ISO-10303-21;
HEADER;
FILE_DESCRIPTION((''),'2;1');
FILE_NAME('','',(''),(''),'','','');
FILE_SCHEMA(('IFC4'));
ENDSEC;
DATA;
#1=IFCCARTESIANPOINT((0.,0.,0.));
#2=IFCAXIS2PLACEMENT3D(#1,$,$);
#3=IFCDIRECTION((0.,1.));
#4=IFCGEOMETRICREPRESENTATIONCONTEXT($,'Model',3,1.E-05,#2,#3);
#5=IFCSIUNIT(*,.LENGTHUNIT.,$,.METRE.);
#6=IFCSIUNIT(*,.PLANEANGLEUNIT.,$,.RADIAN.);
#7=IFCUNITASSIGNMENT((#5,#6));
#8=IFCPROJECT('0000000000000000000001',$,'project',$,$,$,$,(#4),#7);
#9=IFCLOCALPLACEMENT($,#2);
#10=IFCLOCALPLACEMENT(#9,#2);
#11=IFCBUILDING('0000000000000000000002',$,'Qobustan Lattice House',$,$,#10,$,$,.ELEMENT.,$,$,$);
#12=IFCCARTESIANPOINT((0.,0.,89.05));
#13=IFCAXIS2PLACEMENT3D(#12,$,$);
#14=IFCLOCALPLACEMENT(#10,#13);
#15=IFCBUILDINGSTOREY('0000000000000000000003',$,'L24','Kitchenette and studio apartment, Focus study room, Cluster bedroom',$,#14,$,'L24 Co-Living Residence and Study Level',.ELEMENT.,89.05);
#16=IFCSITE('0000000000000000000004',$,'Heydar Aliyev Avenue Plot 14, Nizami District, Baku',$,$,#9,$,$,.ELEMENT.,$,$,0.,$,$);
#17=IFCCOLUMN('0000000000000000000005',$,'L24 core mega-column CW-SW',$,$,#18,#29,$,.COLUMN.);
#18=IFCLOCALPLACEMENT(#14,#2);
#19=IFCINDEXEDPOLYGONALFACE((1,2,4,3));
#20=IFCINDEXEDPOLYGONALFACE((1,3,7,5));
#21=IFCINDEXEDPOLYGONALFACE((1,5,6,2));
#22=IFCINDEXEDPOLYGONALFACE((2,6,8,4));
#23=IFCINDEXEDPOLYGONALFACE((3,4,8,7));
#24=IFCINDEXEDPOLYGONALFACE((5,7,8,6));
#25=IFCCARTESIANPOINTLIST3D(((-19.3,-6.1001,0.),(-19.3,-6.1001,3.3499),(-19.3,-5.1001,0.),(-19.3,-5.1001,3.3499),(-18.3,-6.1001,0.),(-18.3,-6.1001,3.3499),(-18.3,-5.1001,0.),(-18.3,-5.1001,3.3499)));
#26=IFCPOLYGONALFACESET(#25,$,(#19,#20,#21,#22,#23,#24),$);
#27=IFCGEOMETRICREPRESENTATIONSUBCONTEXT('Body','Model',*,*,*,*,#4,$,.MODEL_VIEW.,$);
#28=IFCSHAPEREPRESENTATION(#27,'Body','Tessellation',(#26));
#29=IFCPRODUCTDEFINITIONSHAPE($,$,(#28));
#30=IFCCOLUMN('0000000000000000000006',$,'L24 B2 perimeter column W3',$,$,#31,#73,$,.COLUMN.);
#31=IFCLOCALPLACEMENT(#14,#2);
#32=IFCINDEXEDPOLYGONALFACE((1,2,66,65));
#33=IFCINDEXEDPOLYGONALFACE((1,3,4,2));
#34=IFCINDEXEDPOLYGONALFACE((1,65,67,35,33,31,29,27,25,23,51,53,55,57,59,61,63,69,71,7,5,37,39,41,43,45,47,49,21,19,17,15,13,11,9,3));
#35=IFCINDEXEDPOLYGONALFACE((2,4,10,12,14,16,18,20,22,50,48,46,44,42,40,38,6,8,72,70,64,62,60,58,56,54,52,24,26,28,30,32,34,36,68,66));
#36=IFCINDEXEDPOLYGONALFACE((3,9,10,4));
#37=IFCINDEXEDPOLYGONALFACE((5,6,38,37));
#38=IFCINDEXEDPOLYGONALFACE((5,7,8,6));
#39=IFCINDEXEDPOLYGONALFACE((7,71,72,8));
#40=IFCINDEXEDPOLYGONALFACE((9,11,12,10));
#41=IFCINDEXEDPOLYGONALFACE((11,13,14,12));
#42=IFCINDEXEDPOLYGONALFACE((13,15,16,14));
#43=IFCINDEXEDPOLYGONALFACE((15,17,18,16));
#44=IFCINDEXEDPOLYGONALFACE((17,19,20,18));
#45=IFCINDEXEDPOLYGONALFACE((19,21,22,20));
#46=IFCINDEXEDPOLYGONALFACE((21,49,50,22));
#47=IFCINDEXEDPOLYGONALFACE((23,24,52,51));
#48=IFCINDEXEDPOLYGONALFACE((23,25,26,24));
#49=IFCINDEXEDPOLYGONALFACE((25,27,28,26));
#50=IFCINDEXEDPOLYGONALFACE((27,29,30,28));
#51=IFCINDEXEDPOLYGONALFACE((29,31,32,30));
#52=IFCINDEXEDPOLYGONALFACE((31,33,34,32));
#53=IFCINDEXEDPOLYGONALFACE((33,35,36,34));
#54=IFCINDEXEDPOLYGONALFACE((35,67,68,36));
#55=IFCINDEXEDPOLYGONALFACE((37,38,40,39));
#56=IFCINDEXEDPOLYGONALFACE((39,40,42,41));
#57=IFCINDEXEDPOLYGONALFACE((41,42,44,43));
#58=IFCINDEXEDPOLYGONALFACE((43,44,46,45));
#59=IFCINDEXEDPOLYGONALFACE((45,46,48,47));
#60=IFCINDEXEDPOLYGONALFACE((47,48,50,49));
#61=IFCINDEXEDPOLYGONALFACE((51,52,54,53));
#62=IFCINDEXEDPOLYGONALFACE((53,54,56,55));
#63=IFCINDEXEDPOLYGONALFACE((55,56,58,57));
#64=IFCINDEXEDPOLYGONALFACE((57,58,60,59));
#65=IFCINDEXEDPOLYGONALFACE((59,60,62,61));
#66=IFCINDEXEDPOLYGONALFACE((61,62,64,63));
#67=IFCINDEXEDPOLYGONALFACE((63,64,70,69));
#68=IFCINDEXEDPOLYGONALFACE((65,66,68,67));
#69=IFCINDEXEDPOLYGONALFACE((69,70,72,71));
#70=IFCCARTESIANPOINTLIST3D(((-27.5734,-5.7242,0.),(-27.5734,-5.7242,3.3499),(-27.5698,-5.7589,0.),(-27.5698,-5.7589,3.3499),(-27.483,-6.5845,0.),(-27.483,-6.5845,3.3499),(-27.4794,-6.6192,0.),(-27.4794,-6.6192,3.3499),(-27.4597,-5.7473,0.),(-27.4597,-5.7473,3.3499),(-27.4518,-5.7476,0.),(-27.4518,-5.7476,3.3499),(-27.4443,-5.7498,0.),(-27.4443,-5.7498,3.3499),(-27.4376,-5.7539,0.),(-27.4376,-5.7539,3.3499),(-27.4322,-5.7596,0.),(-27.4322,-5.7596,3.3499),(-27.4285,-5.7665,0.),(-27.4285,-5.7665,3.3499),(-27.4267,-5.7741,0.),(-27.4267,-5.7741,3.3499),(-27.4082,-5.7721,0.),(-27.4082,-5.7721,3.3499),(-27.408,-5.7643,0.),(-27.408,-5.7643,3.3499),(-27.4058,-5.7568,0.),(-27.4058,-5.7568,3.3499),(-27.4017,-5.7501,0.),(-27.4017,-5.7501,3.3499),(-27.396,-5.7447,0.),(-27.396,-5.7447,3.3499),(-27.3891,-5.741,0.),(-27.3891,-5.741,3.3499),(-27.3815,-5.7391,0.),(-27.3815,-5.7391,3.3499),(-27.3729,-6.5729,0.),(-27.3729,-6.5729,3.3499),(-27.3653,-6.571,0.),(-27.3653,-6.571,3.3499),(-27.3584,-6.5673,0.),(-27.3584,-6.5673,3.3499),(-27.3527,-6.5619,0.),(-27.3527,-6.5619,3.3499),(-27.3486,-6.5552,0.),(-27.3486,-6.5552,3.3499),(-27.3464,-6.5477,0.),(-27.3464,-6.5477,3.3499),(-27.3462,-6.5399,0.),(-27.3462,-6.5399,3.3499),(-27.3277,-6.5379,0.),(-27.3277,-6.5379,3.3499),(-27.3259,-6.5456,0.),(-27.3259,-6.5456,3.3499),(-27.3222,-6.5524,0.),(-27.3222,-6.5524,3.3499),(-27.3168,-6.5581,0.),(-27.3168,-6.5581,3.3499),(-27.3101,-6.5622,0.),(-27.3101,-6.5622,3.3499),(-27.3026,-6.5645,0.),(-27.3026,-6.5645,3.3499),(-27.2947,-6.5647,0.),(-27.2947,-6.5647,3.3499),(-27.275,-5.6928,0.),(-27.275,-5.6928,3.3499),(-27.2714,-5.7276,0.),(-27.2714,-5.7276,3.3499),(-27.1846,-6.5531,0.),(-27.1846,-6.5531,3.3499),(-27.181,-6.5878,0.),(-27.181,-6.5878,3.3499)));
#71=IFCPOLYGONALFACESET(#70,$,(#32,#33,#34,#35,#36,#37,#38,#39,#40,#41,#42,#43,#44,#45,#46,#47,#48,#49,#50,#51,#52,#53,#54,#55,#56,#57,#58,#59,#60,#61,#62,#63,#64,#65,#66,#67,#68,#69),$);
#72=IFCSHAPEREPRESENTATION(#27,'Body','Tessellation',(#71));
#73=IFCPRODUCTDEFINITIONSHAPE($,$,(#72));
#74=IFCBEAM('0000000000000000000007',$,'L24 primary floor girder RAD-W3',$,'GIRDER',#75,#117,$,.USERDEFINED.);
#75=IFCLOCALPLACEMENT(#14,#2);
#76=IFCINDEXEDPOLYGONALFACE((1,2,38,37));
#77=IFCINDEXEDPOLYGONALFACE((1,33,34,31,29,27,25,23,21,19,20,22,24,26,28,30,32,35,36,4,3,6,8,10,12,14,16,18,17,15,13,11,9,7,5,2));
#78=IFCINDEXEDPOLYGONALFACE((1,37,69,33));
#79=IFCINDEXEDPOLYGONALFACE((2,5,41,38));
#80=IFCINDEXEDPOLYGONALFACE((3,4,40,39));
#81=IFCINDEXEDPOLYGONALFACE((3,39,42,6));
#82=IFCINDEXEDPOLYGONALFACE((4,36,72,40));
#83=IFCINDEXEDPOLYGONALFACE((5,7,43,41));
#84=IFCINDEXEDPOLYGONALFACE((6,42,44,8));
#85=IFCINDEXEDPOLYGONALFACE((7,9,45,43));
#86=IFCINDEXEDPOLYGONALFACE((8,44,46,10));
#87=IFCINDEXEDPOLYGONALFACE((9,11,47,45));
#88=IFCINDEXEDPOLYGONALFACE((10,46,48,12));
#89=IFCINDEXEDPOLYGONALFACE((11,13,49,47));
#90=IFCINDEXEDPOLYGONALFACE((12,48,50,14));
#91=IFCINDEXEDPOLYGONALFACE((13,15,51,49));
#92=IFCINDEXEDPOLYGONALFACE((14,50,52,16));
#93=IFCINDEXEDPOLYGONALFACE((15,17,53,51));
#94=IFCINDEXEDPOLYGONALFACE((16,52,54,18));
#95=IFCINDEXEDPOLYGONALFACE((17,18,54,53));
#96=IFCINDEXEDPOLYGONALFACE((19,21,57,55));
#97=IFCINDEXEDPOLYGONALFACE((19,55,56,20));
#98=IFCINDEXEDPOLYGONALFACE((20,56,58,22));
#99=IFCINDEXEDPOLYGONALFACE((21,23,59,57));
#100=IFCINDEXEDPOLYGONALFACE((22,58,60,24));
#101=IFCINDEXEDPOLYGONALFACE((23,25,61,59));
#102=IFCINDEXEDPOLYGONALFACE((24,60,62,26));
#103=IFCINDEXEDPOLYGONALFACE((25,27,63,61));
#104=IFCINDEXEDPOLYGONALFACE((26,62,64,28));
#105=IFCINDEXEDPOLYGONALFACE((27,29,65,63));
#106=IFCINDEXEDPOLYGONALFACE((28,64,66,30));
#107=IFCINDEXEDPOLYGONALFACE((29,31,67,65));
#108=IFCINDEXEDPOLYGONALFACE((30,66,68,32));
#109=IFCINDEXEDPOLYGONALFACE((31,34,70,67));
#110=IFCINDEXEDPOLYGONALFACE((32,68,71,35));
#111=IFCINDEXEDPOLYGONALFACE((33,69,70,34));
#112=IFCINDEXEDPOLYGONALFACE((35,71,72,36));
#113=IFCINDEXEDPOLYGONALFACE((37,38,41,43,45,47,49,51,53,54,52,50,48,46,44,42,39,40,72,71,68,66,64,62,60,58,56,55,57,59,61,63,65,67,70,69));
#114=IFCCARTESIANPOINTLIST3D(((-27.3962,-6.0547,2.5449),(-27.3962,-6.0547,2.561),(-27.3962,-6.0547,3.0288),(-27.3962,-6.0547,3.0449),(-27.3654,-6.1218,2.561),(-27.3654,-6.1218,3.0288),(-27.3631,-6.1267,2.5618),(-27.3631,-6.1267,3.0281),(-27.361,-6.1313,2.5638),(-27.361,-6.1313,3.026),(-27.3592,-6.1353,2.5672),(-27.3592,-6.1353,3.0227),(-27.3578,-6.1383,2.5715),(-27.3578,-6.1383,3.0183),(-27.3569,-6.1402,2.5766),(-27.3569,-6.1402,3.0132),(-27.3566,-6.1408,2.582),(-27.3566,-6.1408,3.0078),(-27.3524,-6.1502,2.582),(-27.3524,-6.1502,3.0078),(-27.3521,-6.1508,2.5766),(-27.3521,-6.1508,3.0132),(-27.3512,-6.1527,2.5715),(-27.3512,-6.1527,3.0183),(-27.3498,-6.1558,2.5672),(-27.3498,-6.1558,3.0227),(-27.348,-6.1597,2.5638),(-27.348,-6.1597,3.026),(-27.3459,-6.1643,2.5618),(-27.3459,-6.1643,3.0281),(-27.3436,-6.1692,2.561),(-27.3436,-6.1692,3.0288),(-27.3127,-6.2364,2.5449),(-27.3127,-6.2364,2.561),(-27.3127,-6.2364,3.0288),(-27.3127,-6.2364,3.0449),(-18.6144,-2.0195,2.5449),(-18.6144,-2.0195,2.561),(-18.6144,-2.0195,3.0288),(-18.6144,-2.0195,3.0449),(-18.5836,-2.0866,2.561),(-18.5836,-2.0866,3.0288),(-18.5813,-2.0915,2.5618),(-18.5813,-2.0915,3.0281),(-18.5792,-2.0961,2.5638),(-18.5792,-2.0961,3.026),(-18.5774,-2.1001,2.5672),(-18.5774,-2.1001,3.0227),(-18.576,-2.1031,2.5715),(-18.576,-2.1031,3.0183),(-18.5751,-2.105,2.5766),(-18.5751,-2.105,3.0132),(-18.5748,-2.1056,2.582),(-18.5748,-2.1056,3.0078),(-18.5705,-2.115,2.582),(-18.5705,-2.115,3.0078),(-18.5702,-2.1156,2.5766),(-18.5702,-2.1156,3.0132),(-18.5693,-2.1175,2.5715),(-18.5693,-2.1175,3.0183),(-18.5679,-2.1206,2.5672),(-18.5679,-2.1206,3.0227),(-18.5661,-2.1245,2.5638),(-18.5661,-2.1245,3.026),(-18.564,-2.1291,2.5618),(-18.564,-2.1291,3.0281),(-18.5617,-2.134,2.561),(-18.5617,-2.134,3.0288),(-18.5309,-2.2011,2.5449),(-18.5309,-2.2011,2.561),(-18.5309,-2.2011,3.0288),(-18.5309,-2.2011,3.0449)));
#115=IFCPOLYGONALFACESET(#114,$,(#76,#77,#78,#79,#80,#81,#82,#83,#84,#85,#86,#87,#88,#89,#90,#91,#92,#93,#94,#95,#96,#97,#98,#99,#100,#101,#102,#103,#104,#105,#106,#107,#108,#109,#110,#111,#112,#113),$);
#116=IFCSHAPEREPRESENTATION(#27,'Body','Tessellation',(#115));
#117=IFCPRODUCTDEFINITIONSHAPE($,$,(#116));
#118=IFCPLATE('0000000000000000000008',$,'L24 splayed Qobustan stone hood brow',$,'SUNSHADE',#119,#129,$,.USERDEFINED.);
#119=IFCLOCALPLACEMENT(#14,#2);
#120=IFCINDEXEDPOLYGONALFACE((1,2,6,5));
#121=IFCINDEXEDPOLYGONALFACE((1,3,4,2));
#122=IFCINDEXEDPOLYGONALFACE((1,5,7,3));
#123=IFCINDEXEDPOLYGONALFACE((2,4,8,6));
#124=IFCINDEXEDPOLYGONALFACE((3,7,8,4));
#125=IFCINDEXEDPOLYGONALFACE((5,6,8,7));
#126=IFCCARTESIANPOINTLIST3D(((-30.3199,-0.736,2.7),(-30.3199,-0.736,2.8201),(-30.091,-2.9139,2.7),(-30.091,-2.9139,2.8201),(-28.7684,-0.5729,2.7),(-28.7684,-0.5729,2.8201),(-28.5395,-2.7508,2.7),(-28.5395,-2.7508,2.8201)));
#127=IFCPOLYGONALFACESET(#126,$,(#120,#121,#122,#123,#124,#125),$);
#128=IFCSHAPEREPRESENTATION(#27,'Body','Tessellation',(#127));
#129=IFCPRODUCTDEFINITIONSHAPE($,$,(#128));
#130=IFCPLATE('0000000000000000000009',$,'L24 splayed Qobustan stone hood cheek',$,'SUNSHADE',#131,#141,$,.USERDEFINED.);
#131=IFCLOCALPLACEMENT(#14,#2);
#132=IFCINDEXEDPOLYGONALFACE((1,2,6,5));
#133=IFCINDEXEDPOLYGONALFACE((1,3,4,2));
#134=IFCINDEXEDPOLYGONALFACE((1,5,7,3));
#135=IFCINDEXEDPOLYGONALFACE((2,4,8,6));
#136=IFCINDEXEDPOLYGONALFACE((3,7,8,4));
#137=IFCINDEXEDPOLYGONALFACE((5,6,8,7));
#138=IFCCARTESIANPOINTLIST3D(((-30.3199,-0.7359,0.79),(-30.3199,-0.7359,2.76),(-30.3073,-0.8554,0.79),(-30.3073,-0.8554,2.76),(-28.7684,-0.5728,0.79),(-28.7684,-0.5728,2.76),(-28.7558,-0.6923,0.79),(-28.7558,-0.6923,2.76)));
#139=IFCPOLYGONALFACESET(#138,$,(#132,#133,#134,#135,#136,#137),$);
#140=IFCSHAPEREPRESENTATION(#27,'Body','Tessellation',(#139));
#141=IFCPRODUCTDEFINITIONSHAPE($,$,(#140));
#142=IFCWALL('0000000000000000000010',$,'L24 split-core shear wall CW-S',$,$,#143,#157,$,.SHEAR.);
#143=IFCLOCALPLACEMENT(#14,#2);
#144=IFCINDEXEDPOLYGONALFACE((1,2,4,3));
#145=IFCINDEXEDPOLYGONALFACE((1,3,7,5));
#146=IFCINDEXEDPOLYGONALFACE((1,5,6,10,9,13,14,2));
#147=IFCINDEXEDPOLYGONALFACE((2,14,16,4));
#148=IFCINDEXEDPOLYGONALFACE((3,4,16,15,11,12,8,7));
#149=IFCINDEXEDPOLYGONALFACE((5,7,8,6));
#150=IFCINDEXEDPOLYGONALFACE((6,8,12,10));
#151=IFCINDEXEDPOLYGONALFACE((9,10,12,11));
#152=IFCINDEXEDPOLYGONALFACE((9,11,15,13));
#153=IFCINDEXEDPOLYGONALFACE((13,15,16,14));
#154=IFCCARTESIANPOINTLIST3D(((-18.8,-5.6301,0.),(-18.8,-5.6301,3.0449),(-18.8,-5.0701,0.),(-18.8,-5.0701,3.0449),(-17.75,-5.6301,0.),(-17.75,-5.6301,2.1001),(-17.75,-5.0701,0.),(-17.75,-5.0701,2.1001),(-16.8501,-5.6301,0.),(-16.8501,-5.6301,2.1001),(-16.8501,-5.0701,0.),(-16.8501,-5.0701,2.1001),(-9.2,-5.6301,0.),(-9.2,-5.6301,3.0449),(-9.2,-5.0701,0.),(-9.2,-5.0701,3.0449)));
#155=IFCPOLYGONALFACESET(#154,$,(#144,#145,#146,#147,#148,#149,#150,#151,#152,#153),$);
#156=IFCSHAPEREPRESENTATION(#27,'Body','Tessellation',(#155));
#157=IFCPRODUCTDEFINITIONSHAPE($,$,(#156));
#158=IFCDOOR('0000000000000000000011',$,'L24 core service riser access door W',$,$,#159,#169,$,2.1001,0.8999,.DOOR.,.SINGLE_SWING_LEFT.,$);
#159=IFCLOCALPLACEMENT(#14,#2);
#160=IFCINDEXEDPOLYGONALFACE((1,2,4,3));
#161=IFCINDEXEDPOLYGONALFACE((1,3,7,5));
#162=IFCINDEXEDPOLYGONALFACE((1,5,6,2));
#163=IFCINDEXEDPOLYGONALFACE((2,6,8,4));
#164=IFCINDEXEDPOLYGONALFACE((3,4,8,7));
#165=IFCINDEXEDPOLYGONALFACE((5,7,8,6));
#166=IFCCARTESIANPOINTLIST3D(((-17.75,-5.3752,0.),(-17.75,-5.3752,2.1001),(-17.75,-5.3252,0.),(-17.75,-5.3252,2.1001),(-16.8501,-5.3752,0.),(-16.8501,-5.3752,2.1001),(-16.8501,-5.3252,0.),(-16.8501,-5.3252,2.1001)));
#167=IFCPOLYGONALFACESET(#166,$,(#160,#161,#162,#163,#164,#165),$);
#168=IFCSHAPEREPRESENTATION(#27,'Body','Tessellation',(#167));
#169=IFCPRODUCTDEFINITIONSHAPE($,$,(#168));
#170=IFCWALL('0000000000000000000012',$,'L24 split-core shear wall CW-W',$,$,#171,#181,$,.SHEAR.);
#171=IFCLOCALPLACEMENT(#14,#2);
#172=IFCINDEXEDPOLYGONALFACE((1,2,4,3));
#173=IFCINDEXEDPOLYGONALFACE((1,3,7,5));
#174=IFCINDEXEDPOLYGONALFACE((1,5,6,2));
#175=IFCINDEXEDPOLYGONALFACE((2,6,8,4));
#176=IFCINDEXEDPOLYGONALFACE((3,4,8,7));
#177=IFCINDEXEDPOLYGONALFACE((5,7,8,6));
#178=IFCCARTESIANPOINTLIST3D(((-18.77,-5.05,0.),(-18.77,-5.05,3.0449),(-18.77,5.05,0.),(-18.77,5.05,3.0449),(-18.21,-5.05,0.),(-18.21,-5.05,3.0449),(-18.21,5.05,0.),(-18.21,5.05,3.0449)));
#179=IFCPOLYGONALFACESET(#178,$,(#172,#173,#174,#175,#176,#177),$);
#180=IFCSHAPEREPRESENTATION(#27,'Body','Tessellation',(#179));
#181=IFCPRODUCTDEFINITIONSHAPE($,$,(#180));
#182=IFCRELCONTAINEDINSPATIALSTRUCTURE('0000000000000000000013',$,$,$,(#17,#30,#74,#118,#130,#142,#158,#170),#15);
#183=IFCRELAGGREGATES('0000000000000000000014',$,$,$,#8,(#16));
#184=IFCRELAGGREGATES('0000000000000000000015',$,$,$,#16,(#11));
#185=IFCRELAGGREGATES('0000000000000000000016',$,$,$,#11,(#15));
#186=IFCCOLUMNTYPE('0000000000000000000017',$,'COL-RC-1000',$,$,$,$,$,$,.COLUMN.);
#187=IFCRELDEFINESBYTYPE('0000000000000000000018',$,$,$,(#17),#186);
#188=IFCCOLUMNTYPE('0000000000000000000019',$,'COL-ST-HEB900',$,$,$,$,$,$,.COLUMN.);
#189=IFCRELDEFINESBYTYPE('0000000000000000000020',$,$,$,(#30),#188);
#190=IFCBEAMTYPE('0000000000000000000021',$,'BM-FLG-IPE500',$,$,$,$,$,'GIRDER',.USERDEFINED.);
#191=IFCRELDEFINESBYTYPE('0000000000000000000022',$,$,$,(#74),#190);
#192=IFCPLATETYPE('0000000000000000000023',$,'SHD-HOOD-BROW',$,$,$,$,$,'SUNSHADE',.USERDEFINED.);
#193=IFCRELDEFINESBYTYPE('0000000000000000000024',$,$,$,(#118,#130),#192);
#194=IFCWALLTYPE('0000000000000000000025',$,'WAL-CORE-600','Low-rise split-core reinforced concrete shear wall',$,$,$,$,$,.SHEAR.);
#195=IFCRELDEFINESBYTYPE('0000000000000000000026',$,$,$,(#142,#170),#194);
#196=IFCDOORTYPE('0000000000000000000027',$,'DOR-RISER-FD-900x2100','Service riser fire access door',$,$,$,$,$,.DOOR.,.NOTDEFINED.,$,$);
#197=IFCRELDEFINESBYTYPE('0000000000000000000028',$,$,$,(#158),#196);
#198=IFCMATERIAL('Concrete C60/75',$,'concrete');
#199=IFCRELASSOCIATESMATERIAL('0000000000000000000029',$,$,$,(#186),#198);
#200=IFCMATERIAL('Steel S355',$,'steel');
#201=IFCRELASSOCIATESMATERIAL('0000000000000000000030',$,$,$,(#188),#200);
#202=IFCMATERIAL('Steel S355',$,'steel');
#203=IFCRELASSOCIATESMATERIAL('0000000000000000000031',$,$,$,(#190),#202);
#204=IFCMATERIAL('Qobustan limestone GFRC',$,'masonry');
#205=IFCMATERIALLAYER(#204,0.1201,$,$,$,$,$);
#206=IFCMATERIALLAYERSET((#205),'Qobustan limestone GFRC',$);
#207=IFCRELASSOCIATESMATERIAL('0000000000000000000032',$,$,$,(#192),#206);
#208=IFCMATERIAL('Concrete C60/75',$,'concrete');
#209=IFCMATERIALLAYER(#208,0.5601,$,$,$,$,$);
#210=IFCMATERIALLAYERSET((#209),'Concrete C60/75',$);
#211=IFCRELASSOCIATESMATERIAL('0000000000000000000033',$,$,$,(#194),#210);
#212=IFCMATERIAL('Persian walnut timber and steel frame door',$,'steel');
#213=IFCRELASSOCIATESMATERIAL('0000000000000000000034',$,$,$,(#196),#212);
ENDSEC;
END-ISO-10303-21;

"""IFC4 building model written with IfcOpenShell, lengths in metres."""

from ifc_helpers import new_model, si_unit, direction, frame, frame_2d, origin, origin_2d, place, context, subcontext, project, spatial, rectangle, i_section, extrude, material, layer, layer_set, material_profile, profile_set, type_object, element, fill, save


model = new_model("IFC4")

# Units and contexts
model_context = context("Model", 3, precision=1e-05, world=origin(), true_north=direction((0.0, 1.0)))
body_context = subcontext(model_context, "Body", "Model", "MODEL_VIEW")
ifc_project = project(units=[si_unit("LENGTHUNIT", "METRE"), si_unit("PLANEANGLEUNIT", "RADIAN")], contexts=[model_context])

# Site, building, storey
site_placement = place(None, origin())
site = spatial("IfcSite", under=ifc_project, at=site_placement, Name="Heydar Aliyev Avenue Plot 14, Nizami District, Baku", CompositionType="ELEMENT", RefElevation=0.0)
building_placement = place(site_placement, origin())
building = spatial("IfcBuilding", under=site, at=building_placement, Name="Qobustan Lattice House", CompositionType="ELEMENT")
storey_placement = place(building_placement, frame((0.0, 0.0, 89.05)))
storey = spatial("IfcBuildingStorey", under=building, at=storey_placement, Name="L24", Description="Kitchenette and studio apartment, Focus study room, Cluster bedroom", LongName="L24 Co-Living Residence and Study Level", CompositionType="ELEMENT", Elevation=89.05)

# Columns
ifc_material_1 = material(Name="Concrete C60/75", Category="concrete")
ifc_material_profile_1 = material_profile(ifc_material_1, rectangle(XDim=1.0, YDim=1.0, at=origin_2d()), Name="RC1000x1000")
ifc_profile_set_1 = profile_set([ifc_material_profile_1], Name="Concrete C60/75")
column_type_1 = type_object("IfcColumnType", Name="COL-RC-1000", PredefinedType="COLUMN", material=ifc_profile_set_1)
column_1_placement = place(storey_placement, frame((-18.8, -5.6001, 0.0), z_axis=(0.0, 0.0, 1.0), x_axis=(1.0, 0.0, 0.0)))
element("IfcColumn", 1, at=column_1_placement, inside=storey, type_object=column_type_1, Name="L24 core mega-column CW-SW", PredefinedType="COLUMN", context=body_context, shape_type="SweptSolid", body=[
    extrude(rectangle(XDim=1.0, YDim=1.0, at=origin_2d()), origin(), (0.0, 0.0, 1.0), 3.3499),
])
ifc_material_2 = material(Name="Steel S355", Category="steel")
ifc_material_profile_2 = material_profile(ifc_material_2, i_section(OverallWidth=0.3, OverallDepth=0.8999, WebThickness=0.0186, FlangeThickness=0.0349, FilletRadius=0.03, at=origin_2d()), Name="HEB900")
ifc_profile_set_2 = profile_set([ifc_material_profile_2], Name="Steel S355")
column_type_2 = type_object("IfcColumnType", Name="COL-ST-HEB900", PredefinedType="COLUMN", material=ifc_profile_set_2)
column_2_placement = place(storey_placement, frame((-27.3772, -6.156, 0.0), z_axis=(0.0, 0.0, 1.0), x_axis=(0.994522, 0.104528, 0.0)))
element("IfcColumn", 2, at=column_2_placement, inside=storey, type_object=column_type_2, Name="L24 B2 perimeter column W3", PredefinedType="COLUMN", context=body_context, shape_type="SweptSolid", body=[
    extrude(i_section(OverallWidth=0.3, OverallDepth=0.8999, WebThickness=0.0186, FlangeThickness=0.0349, FilletRadius=0.03, at=origin_2d()), origin(), (0.0, 0.0, 1.0), 3.3499),
])

# Beam
ifc_material_3 = material(Name="Steel S355", Category="steel")
ifc_material_profile_3 = material_profile(ifc_material_3, i_section(OverallWidth=0.2, OverallDepth=0.5, WebThickness=0.0103, FlangeThickness=0.0161, FilletRadius=0.021, at=origin_2d()), Name="IPE500")
ifc_profile_set_3 = profile_set([ifc_material_profile_3], Name="Steel S355")
beam_type = type_object("IfcBeamType", Name="BM-FLG-IPE500", ElementType="GIRDER", PredefinedType="USERDEFINED", material=ifc_profile_set_3)
beam_placement = place(storey_placement, frame((-27.3545, -6.1455, 2.7949), z_axis=(0.908665, 0.417526, 0.0), x_axis=(-0.417526, 0.908665, 0.0)))
element("IfcBeam", 3, at=beam_placement, inside=storey, type_object=beam_type, Name="L24 primary floor girder RAD-W3", ObjectType="GIRDER", PredefinedType="USERDEFINED", context=body_context, shape_type="SweptSolid", body=[
    extrude(i_section(OverallWidth=0.2, OverallDepth=0.5, WebThickness=0.0103, FlangeThickness=0.0161, FilletRadius=0.021, at=origin_2d()), origin(), (0.0, 0.0, 1.0), 9.6646),
])

# Plates
ifc_material_4 = material(Name="Qobustan limestone GFRC", Category="masonry")
ifc_layer_1 = layer(ifc_material_4, 0.1201)
ifc_layer_set_1 = layer_set([ifc_layer_1], Name="Qobustan limestone GFRC")
plate_type = type_object("IfcPlateType", Name="SHD-HOOD-BROW", ElementType="SUNSHADE", PredefinedType="USERDEFINED", material=ifc_layer_set_1)
plate_1_placement = place(storey_placement, frame((-29.4297, -1.7434, 2.7), z_axis=(0.0, 0.0, 1.0), x_axis=(-0.104528, 0.994522, 0.0)))
element("IfcPlate", 4, at=plate_1_placement, inside=storey, type_object=plate_type, Name="L24 splayed Qobustan stone hood brow", ObjectType="SUNSHADE", PredefinedType="USERDEFINED", context=body_context, shape_type="SweptSolid", body=[
    extrude(rectangle(XDim=2.1899, YDim=1.5601, at=origin_2d()), origin(), (0.0, 0.0, 1.0), 0.1201),
])
plate_2_placement = place(storey_placement, frame((-29.5378, -0.7141, 0.79), z_axis=(0.0, 0.0, 1.0), x_axis=(-0.104528, 0.994522, 0.0)))
element("IfcPlate", 5, at=plate_2_placement, inside=storey, type_object=plate_type, Name="L24 splayed Qobustan stone hood cheek", ObjectType="SUNSHADE", PredefinedType="USERDEFINED", context=body_context, shape_type="SweptSolid", body=[
    extrude(rectangle(XDim=0.1201, YDim=1.5601, at=origin_2d()), origin(), (0.0, 0.0, 1.0), 1.97),
])

# Wall, opening, door
ifc_material_5 = material(Name="Concrete C60/75", Category="concrete")
ifc_layer_2 = layer(ifc_material_5, 0.5601)
ifc_layer_set_2 = layer_set([ifc_layer_2], Name="Concrete C60/75")
wall_type_1 = type_object("IfcWallType", Name="WAL-CORE-600", Description="Low-rise split-core reinforced concrete shear wall", PredefinedType="SHEAR", material=ifc_layer_set_2)
wall_1_placement = place(storey_placement, frame((-18.8, -5.3501, 0.0), z_axis=(0.0, 0.0, 1.0), x_axis=(1.0, 0.0, 0.0)))
wall_1 = element("IfcWall", 6, at=wall_1_placement, inside=storey, type_object=wall_type_1, Name="L24 split-core shear wall CW-S", PredefinedType="SHEAR", context=body_context, shape_type="SweptSolid", body=[
    extrude(rectangle(XDim=9.6001, YDim=0.5601, at=frame_2d((4.8, 0.0))), origin(), (0.0, 0.0, 1.0), 3.0449),
])
opening_1_placement = place(wall_1_placement, frame((1.05, 0.0, 0.0)))
opening_1 = element("IfcOpeningElement", 7, at=opening_1_placement, cuts=wall_1, PredefinedType="OPENING", context=body_context, shape_type="SweptSolid", body=[
    extrude(rectangle(XDim=0.8999, YDim=2.1001, at=frame_2d((0.45, 1.05))), frame((0.0, 0.29, 0.0), z_axis=(0.0, -1.0, 0.0), x_axis=(1.0, 0.0, 0.0)), (0.0, 0.0, 1.0), 0.5801),
])
ifc_material_6 = material(Name="Persian walnut timber and steel frame door", Category="steel")
door_type_1 = type_object("IfcDoorType", Name="DOR-RISER-FD-900x2100", Description="Service riser fire access door", OperationType="NOTDEFINED", PredefinedType="DOOR", material=ifc_material_6)
door_1_placement = place(opening_1_placement, origin())
door_1 = element("IfcDoor", 8, at=door_1_placement, inside=storey, type_object=door_type_1, Name="L24 core service riser access door W", OperationType="SINGLE_SWING_LEFT", OverallHeight=2.1001, OverallWidth=0.8999, PredefinedType="DOOR", context=body_context, shape_type="SweptSolid", body=[
    extrude(rectangle(XDim=0.8999, YDim=2.1001, at=frame_2d((0.45, 1.05))), frame((0.0, 0.0249, 0.0), z_axis=(0.0, -1.0, 0.0), x_axis=(1.0, 0.0, 0.0)), (0.0, 0.0, 1.0), 0.05),
])
fill(opening_1, door_1)

# Wall
wall_2_placement = place(storey_placement, frame((-18.49, -5.05, 0.0), z_axis=(0.0, 0.0, 1.0), x_axis=(0.0, 1.0, 0.0)))
element("IfcWall", 9, at=wall_2_placement, inside=storey, type_object=wall_type_1, Name="L24 split-core shear wall CW-W", PredefinedType="SHEAR", context=body_context, shape_type="SweptSolid", body=[
    extrude(rectangle(XDim=10.1001, YDim=0.5601, at=frame_2d((5.05, 0.0))), origin(), (0.0, 0.0, 1.0), 3.0449),
])

save(model, "model.ifc")
